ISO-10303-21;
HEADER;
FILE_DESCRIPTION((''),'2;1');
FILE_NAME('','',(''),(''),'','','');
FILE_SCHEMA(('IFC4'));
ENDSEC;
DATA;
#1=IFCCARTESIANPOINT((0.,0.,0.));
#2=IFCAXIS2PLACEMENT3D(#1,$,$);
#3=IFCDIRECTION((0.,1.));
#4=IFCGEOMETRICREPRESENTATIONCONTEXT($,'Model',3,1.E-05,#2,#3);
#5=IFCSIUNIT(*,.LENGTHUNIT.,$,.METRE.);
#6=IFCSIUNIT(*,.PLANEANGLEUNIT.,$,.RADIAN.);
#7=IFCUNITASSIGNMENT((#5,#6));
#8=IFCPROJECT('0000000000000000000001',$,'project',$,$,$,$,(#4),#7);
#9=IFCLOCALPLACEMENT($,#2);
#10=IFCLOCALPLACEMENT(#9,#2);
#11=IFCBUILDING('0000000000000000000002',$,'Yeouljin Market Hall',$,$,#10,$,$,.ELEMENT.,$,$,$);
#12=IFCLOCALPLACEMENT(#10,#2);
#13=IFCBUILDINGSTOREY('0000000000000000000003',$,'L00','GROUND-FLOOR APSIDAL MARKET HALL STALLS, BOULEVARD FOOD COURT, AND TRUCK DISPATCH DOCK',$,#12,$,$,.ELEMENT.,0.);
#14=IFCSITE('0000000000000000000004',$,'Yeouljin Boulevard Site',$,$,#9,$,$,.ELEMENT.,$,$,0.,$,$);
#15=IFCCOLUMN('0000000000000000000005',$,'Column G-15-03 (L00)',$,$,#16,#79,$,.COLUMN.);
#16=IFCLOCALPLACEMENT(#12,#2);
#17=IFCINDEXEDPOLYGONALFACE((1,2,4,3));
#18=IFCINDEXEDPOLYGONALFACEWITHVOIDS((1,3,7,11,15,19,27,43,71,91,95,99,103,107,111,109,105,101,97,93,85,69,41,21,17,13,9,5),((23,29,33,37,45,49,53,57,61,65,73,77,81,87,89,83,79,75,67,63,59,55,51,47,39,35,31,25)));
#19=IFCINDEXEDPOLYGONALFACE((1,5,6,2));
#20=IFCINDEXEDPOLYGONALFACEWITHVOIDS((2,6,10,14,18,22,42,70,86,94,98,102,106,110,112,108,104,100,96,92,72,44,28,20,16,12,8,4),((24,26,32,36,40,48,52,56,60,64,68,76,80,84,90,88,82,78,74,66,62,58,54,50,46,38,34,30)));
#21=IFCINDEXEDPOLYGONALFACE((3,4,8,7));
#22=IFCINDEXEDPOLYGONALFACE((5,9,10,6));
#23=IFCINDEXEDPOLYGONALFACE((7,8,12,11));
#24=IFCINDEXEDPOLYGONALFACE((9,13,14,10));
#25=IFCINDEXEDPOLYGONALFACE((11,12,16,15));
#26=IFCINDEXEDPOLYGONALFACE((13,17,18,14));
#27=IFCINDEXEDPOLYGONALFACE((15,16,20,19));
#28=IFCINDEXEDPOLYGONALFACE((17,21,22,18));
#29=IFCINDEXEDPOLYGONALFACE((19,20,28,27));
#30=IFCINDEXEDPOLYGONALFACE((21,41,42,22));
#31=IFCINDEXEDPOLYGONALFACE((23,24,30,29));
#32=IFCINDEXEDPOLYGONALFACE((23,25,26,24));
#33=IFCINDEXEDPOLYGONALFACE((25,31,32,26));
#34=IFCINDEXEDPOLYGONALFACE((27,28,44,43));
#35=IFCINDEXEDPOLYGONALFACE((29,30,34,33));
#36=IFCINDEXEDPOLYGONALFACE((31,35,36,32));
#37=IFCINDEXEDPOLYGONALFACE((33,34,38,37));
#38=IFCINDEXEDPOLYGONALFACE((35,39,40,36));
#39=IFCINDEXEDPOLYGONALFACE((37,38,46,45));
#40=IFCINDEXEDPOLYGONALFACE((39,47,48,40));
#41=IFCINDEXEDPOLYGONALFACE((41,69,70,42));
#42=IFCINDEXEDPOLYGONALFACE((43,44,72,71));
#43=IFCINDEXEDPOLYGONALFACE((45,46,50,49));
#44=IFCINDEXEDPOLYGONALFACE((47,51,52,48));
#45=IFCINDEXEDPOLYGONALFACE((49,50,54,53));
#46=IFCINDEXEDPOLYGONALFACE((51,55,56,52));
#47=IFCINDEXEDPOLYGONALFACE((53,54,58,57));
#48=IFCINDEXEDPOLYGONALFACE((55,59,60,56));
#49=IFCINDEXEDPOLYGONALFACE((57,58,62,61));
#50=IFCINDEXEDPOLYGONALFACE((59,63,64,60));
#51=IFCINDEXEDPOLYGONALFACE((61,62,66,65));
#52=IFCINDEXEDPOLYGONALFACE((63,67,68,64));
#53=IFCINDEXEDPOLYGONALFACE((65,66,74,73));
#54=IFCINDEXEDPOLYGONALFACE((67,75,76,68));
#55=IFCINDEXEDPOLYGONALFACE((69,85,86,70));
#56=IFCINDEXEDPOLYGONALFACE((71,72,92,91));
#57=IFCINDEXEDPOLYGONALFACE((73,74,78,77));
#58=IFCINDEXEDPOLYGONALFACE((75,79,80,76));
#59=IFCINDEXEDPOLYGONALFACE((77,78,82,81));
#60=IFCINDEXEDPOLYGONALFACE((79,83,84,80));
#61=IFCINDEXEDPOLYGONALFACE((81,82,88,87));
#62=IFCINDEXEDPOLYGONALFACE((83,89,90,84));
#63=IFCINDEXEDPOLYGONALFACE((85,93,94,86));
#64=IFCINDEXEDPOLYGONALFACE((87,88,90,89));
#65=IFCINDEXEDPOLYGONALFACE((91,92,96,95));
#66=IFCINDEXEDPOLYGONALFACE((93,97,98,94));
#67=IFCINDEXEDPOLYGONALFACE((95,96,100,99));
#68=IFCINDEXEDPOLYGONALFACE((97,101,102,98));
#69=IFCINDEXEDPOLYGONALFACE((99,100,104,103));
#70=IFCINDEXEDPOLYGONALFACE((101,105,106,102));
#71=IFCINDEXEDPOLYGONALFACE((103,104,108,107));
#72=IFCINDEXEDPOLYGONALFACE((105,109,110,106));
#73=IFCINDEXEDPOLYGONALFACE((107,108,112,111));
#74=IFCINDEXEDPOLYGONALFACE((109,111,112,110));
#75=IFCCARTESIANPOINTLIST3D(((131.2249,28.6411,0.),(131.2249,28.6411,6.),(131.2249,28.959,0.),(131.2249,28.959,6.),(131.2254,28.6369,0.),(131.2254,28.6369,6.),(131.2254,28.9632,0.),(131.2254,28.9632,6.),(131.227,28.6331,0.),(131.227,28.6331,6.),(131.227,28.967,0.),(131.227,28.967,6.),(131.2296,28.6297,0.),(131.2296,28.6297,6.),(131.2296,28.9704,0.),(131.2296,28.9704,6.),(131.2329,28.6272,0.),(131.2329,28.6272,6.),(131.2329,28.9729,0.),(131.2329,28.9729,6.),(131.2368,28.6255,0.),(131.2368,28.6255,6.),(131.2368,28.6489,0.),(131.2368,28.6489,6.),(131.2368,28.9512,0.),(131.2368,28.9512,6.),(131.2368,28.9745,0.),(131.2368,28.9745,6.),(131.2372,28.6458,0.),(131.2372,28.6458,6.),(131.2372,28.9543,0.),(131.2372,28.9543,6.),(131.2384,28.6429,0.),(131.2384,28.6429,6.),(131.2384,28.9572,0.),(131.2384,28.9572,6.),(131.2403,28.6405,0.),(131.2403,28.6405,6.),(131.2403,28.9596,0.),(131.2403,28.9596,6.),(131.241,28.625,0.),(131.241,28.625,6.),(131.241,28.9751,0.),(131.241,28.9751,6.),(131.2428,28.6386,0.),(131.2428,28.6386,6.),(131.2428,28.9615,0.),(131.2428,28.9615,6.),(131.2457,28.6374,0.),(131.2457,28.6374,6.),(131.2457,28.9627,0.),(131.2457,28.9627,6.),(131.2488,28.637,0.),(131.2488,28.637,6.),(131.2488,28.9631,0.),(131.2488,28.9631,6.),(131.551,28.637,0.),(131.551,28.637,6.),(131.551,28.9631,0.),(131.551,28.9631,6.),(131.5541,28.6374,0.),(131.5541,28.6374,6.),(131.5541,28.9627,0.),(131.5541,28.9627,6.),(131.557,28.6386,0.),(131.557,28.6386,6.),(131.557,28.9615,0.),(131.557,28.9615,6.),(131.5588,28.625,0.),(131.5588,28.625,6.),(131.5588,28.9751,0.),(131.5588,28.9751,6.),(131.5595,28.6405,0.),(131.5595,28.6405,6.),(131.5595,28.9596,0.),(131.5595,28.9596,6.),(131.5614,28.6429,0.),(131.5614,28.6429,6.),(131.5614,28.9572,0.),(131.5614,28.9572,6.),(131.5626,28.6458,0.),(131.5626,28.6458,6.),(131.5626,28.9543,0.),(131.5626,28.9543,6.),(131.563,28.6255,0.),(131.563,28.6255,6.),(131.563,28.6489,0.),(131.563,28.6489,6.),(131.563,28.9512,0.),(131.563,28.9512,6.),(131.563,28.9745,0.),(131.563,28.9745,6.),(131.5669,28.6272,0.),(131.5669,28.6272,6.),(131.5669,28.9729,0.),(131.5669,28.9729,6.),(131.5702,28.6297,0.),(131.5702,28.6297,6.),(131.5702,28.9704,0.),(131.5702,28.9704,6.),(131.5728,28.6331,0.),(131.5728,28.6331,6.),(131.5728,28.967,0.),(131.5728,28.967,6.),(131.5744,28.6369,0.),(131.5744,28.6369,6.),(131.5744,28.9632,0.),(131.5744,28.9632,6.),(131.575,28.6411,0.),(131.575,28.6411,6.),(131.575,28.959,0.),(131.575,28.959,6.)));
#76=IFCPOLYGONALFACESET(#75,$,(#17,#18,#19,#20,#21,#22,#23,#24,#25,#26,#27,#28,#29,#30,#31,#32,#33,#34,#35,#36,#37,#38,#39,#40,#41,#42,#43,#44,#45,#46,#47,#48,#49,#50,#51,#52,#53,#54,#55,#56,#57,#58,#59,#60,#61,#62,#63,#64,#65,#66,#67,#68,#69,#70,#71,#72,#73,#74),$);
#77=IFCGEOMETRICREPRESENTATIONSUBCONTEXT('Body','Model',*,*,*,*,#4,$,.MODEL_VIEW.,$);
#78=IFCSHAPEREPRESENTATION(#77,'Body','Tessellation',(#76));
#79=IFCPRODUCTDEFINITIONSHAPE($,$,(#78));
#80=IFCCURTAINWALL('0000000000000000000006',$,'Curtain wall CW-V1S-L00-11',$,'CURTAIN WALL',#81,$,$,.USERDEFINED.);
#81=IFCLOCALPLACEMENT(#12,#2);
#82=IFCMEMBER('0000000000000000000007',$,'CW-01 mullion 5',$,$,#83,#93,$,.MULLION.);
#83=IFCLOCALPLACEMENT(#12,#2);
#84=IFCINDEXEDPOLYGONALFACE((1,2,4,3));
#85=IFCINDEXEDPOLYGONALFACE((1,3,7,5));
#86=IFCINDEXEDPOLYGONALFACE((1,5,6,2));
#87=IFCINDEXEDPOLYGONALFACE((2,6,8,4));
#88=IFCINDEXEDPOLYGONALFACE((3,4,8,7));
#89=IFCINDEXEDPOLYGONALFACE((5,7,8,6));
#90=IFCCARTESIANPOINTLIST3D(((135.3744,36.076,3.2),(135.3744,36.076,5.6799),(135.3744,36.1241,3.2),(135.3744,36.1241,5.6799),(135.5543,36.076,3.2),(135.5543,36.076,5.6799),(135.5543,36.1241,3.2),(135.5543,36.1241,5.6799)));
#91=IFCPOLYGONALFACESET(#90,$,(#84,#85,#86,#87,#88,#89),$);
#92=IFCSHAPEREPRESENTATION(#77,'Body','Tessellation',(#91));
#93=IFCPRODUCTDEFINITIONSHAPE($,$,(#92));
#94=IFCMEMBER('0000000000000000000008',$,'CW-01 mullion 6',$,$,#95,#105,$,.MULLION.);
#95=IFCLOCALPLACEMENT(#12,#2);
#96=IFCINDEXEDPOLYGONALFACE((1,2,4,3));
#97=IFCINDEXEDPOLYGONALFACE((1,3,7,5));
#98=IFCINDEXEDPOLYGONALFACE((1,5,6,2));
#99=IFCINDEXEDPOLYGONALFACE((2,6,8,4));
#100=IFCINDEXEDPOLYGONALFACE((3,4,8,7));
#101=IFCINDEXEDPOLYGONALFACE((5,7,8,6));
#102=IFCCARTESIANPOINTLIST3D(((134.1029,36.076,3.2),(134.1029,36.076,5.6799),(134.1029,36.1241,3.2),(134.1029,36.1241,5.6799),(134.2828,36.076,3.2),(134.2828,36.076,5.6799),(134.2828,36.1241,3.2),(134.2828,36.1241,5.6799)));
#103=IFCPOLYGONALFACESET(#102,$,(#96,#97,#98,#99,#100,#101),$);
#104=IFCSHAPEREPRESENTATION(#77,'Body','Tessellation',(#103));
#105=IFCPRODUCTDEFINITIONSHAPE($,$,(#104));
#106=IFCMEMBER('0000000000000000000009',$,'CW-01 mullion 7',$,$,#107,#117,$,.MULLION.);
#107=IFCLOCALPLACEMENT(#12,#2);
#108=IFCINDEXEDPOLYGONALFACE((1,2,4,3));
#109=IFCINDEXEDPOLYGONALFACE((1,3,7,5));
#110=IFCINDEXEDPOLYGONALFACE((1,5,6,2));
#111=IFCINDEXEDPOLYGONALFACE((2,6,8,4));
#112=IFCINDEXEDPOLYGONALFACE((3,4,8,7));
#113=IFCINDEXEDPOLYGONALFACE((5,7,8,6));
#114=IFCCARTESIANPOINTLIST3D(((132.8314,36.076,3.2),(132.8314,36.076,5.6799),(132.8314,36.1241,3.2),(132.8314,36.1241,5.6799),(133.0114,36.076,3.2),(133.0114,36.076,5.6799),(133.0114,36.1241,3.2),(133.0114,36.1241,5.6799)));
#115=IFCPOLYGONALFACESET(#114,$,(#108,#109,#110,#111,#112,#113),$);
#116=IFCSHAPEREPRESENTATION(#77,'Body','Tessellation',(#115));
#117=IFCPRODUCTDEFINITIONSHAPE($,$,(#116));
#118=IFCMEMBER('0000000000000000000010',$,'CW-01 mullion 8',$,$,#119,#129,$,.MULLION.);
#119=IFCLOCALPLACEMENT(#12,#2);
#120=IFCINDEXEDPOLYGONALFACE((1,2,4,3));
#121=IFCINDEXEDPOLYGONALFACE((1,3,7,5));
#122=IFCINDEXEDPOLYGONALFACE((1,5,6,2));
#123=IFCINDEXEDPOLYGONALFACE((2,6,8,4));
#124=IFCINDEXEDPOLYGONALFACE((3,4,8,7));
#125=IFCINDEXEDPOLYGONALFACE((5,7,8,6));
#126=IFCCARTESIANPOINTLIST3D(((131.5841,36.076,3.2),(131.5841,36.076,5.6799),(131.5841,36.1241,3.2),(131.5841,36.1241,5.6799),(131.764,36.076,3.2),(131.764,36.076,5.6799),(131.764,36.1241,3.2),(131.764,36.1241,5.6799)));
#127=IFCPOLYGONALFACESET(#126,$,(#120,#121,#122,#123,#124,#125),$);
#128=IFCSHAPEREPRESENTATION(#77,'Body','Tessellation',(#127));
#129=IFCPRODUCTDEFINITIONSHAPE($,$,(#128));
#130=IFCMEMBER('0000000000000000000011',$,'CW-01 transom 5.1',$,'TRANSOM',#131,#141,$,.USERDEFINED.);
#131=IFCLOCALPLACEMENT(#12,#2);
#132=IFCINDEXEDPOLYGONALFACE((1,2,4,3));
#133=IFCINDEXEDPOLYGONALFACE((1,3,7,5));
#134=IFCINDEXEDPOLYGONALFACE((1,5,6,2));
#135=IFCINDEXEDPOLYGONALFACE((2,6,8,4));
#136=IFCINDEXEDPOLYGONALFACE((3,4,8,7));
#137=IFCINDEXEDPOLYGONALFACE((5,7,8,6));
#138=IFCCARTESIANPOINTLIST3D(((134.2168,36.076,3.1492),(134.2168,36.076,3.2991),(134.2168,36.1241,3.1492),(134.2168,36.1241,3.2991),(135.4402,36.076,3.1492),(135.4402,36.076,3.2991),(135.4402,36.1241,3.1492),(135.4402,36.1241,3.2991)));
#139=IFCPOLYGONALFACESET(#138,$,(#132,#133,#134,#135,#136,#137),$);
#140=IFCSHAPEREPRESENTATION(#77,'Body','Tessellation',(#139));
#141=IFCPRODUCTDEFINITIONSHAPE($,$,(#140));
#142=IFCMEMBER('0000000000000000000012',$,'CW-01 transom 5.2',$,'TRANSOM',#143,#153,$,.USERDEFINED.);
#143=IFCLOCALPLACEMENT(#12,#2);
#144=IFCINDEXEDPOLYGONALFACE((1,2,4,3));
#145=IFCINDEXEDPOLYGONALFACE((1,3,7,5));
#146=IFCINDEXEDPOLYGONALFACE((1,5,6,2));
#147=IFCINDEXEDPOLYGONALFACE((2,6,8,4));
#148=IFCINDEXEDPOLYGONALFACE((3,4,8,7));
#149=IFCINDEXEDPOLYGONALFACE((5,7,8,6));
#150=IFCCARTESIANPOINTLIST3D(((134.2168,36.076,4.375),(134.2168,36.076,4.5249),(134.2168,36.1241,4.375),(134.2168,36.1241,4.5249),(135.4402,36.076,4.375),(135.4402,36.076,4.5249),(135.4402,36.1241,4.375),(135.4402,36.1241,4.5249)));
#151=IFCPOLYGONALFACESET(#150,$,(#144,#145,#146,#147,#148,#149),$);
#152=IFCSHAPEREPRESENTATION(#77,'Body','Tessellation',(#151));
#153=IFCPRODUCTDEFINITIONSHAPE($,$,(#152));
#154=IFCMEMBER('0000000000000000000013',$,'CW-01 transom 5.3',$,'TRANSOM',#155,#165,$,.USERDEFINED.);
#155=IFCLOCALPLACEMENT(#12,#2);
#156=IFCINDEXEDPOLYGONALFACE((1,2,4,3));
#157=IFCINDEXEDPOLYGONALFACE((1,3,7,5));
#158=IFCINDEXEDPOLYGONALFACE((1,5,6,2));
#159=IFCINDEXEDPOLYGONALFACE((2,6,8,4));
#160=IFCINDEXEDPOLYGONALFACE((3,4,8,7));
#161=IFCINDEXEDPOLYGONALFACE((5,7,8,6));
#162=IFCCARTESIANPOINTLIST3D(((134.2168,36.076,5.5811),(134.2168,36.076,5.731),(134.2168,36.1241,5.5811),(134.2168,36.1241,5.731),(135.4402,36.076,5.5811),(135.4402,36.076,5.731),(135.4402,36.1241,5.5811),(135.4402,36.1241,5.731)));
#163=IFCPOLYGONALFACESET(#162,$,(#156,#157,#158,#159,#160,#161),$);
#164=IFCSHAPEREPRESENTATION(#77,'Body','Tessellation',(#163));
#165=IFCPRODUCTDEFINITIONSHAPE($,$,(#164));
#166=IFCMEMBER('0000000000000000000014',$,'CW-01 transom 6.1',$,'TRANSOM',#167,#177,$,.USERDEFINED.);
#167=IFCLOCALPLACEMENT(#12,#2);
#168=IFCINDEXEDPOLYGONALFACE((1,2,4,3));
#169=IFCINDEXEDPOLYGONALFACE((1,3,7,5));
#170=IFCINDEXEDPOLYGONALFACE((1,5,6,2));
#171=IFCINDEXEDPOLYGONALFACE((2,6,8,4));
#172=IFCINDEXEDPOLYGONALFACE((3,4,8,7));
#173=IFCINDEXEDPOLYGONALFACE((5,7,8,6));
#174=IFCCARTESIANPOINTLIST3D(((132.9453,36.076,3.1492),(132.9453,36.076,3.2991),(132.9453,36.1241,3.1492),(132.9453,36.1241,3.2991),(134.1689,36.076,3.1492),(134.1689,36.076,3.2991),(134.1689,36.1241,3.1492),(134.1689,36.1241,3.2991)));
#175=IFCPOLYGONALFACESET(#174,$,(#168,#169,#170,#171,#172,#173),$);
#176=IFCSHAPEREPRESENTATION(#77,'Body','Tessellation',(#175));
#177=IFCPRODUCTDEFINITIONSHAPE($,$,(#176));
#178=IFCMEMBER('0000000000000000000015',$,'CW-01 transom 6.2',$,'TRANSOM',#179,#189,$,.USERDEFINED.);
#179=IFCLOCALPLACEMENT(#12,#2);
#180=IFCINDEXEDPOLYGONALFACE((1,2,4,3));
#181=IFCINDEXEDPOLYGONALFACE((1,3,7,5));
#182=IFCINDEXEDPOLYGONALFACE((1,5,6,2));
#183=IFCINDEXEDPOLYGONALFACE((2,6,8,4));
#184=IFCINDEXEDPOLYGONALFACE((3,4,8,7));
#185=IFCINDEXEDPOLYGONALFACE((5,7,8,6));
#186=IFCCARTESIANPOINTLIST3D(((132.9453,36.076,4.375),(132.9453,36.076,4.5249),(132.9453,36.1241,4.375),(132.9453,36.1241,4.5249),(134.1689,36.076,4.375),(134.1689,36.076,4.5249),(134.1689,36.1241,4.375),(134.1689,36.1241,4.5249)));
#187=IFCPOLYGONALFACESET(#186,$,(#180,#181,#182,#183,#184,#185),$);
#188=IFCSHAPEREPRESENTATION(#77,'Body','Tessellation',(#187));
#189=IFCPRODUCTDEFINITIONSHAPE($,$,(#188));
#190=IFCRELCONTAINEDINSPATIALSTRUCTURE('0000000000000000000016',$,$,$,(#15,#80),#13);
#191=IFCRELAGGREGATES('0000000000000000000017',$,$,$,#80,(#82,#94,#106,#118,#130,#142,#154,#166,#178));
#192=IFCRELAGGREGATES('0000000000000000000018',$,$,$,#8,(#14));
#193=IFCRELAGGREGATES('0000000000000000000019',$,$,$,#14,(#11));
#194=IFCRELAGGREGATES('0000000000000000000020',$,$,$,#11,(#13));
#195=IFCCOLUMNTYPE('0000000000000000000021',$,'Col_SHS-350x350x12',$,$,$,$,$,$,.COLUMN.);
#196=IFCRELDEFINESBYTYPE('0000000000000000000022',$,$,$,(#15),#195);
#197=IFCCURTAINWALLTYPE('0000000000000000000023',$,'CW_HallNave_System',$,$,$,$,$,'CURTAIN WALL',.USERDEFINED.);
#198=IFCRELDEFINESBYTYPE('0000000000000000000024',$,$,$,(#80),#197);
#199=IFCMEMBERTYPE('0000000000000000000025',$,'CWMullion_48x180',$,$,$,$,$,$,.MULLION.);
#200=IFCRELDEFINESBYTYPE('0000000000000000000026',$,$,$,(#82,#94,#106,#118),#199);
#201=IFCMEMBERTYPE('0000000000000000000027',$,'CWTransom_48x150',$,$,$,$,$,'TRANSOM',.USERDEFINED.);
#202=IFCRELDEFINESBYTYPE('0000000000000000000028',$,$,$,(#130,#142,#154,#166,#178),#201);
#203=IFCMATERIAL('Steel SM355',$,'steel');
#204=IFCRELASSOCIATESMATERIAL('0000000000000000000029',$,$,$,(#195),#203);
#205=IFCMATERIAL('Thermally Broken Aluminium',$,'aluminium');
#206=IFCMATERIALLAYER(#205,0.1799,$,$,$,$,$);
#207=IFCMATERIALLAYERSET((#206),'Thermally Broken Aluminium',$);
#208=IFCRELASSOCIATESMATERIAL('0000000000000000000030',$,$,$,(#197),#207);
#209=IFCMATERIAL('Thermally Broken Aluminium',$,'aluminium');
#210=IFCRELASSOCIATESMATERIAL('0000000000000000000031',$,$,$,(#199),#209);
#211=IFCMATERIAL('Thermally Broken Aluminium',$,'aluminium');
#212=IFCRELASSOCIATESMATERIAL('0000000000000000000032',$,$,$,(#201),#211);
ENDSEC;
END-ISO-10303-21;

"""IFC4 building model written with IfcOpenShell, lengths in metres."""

from ifc_helpers import new_model, si_unit, direction, frame, origin, origin_2d, place, context, subcontext, project, spatial, rectangle, hollow_rectangle, extrude, material, layer, layer_set, material_profile, profile_set, type_object, element, aggregate, save


model = new_model("IFC4")

# Units and contexts
model_context = context("Model", 3, precision=1e-05, world=origin(), true_north=direction((0.0, 1.0)))
body_context = subcontext(model_context, "Body", "Model", "MODEL_VIEW")
ifc_project = project(units=[si_unit("LENGTHUNIT", "METRE"), si_unit("PLANEANGLEUNIT", "RADIAN")], contexts=[model_context])

# Site, building, storey
site_placement = place(None, origin())
site = spatial("IfcSite", under=ifc_project, at=site_placement, Name="Yeouljin Boulevard Site", CompositionType="ELEMENT", RefElevation=0.0)
building_placement = place(site_placement, origin())
building = spatial("IfcBuilding", under=site, at=building_placement, Name="Yeouljin Market Hall", CompositionType="ELEMENT")
storey_placement = place(building_placement, origin())
storey = spatial("IfcBuildingStorey", under=building, at=storey_placement, Name="L00", Description="GROUND-FLOOR APSIDAL MARKET HALL STALLS, BOULEVARD FOOD COURT, AND TRUCK DISPATCH DOCK", CompositionType="ELEMENT", Elevation=0.0)

# Column
ifc_material_1 = material(Name="Steel SM355", Category="steel")
ifc_material_profile_1 = material_profile(ifc_material_1, hollow_rectangle(XDim=0.3501, YDim=0.3501, WallThickness=0.012, InnerFilletRadius=0.012, OuterFilletRadius=0.0161, at=origin_2d()), Name="SHS-350x350x12")
ifc_profile_set_1 = profile_set([ifc_material_profile_1], Name="Steel SM355")
column_type_1 = type_object("IfcColumnType", Name="Col_SHS-350x350x12", PredefinedType="COLUMN", material=ifc_profile_set_1)
column_placement = place(storey_placement, frame((131.3999, 28.8, 0.0), z_axis=(0.0, 0.0, 1.0), x_axis=(1.0, 0.0, 0.0)))
element("IfcColumn", 1, at=column_placement, inside=storey, type_object=column_type_1, Name="Column G-15-03 (L00)", PredefinedType="COLUMN", context=body_context, shape_type="SweptSolid", body=[
    extrude(hollow_rectangle(XDim=0.3501, YDim=0.3501, WallThickness=0.012, InnerFilletRadius=0.012, OuterFilletRadius=0.0161, at=origin_2d()), origin(), (0.0, 0.0, 1.0), 6.0),
])

# Curtain wall, members
ifc_material_2 = material(Name="Thermally Broken Aluminium", Category="aluminium")
ifc_layer_1 = layer(ifc_material_2, 0.1799)
ifc_layer_set_1 = layer_set([ifc_layer_1], Name="Thermally Broken Aluminium")
curtain_wall_type = type_object("IfcCurtainWallType", Name="CW_HallNave_System", ElementType="CURTAIN WALL", PredefinedType="USERDEFINED", material=ifc_layer_set_1)
curtain_wall_placement = place(storey_placement, origin())
curtain_wall = element("IfcCurtainWall", 2, at=curtain_wall_placement, inside=storey, type_object=curtain_wall_type, Name="Curtain wall CW-V1S-L00-11", ObjectType="CURTAIN WALL", PredefinedType="USERDEFINED")
ifc_material_3 = material(Name="Thermally Broken Aluminium", Category="aluminium")
ifc_material_profile_2 = material_profile(ifc_material_3, rectangle(XDim=0.0481, YDim=0.1799, at=origin_2d()), Name="CW-MULL-48x180")
ifc_profile_set_2 = profile_set([ifc_material_profile_2], Name="Thermally Broken Aluminium")
member_type_1 = type_object("IfcMemberType", Name="CWMullion_48x180", PredefinedType="MULLION", material=ifc_profile_set_2)
member_1_placement = place(storey_placement, frame((135.4644, 36.1001, 3.2), z_axis=(0.0, 0.0, 1.0), x_axis=(0.0, -1.0, 0.0)))
member_1 = element("IfcMember", 3, at=member_1_placement, type_object=member_type_1, Name="CW-01 mullion 5", PredefinedType="MULLION", context=body_context, shape_type="SweptSolid", body=[
    extrude(rectangle(XDim=0.0481, YDim=0.1799, at=origin_2d()), origin(), (0.0, 0.0, 1.0), 2.48),
])
member_2_placement = place(storey_placement, frame((134.1929, 36.1001, 3.2), z_axis=(0.0, 0.0, 1.0), x_axis=(0.0, -1.0, 0.0)))
member_2 = element("IfcMember", 4, at=member_2_placement, type_object=member_type_1, Name="CW-01 mullion 6", PredefinedType="MULLION", context=body_context, shape_type="SweptSolid", body=[
    extrude(rectangle(XDim=0.0481, YDim=0.1799, at=origin_2d()), origin(), (0.0, 0.0, 1.0), 2.48),
])
member_3_placement = place(storey_placement, frame((132.9214, 36.1001, 3.2), z_axis=(0.0, 0.0, 1.0), x_axis=(0.0, -1.0, 0.0)))
member_3 = element("IfcMember", 5, at=member_3_placement, type_object=member_type_1, Name="CW-01 mullion 7", PredefinedType="MULLION", context=body_context, shape_type="SweptSolid", body=[
    extrude(rectangle(XDim=0.0481, YDim=0.1799, at=origin_2d()), origin(), (0.0, 0.0, 1.0), 2.48),
])
member_4_placement = place(storey_placement, frame((131.6741, 36.1001, 3.2), z_axis=(0.0, 0.0, 1.0), x_axis=(0.0, -1.0, 0.0)))
member_4 = element("IfcMember", 6, at=member_4_placement, type_object=member_type_1, Name="CW-01 mullion 8", PredefinedType="MULLION", context=body_context, shape_type="SweptSolid", body=[
    extrude(rectangle(XDim=0.0481, YDim=0.1799, at=origin_2d()), origin(), (0.0, 0.0, 1.0), 2.48),
])
ifc_material_4 = material(Name="Thermally Broken Aluminium", Category="aluminium")
ifc_material_profile_3 = material_profile(ifc_material_4, rectangle(XDim=0.0481, YDim=0.1499, at=origin_2d()), Name="CW-TRAN-48x150")
ifc_profile_set_3 = profile_set([ifc_material_profile_3], Name="Thermally Broken Aluminium")
member_type_2 = type_object("IfcMemberType", Name="CWTransom_48x150", ElementType="TRANSOM", PredefinedType="USERDEFINED", material=ifc_profile_set_3)
member_5_placement = place(storey_placement, frame((135.4402, 36.1001, 3.2241), z_axis=(-1.0, 0.0, 0.0), x_axis=(0.0, -1.0, 0.0)))
member_5 = element("IfcMember", 7, at=member_5_placement, type_object=member_type_2, Name="CW-01 transom 5.1", ObjectType="TRANSOM", PredefinedType="USERDEFINED", context=body_context, shape_type="SweptSolid", body=[
    extrude(rectangle(XDim=0.0481, YDim=0.1499, at=origin_2d()), origin(), (0.0, 0.0, 1.0), 1.2234),
])
member_6_placement = place(storey_placement, frame((135.4402, 36.1001, 4.45), z_axis=(-1.0, 0.0, 0.0), x_axis=(0.0, -1.0, 0.0)))
member_6 = element("IfcMember", 8, at=member_6_placement, type_object=member_type_2, Name="CW-01 transom 5.2", ObjectType="TRANSOM", PredefinedType="USERDEFINED", context=body_context, shape_type="SweptSolid", body=[
    extrude(rectangle(XDim=0.0481, YDim=0.1499, at=origin_2d()), origin(), (0.0, 0.0, 1.0), 1.2234),
])
member_7_placement = place(storey_placement, frame((135.4402, 36.1001, 5.656), z_axis=(-1.0, 0.0, 0.0), x_axis=(0.0, -1.0, 0.0)))
member_7 = element("IfcMember", 9, at=member_7_placement, type_object=member_type_2, Name="CW-01 transom 5.3", ObjectType="TRANSOM", PredefinedType="USERDEFINED", context=body_context, shape_type="SweptSolid", body=[
    extrude(rectangle(XDim=0.0481, YDim=0.1499, at=origin_2d()), origin(), (0.0, 0.0, 1.0), 1.2234),
])
member_8_placement = place(storey_placement, frame((134.1689, 36.1001, 3.2241), z_axis=(-1.0, 0.0, 0.0), x_axis=(0.0, -1.0, 0.0)))
member_8 = element("IfcMember", 10, at=member_8_placement, type_object=member_type_2, Name="CW-01 transom 6.1", ObjectType="TRANSOM", PredefinedType="USERDEFINED", context=body_context, shape_type="SweptSolid", body=[
    extrude(rectangle(XDim=0.0481, YDim=0.1499, at=origin_2d()), origin(), (0.0, 0.0, 1.0), 1.2236),
])
member_9_placement = place(storey_placement, frame((134.1689, 36.1001, 4.45), z_axis=(-1.0, 0.0, 0.0), x_axis=(0.0, -1.0, 0.0)))
member_9 = element("IfcMember", 11, at=member_9_placement, type_object=member_type_2, Name="CW-01 transom 6.2", ObjectType="TRANSOM", PredefinedType="USERDEFINED", context=body_context, shape_type="SweptSolid", body=[
    extrude(rectangle(XDim=0.0481, YDim=0.1499, at=origin_2d()), origin(), (0.0, 0.0, 1.0), 1.2236),
])
aggregate(curtain_wall, [member_1, member_2, member_3, member_4, member_5, member_6, member_7, member_8, member_9])

save(model, "model.ifc")
